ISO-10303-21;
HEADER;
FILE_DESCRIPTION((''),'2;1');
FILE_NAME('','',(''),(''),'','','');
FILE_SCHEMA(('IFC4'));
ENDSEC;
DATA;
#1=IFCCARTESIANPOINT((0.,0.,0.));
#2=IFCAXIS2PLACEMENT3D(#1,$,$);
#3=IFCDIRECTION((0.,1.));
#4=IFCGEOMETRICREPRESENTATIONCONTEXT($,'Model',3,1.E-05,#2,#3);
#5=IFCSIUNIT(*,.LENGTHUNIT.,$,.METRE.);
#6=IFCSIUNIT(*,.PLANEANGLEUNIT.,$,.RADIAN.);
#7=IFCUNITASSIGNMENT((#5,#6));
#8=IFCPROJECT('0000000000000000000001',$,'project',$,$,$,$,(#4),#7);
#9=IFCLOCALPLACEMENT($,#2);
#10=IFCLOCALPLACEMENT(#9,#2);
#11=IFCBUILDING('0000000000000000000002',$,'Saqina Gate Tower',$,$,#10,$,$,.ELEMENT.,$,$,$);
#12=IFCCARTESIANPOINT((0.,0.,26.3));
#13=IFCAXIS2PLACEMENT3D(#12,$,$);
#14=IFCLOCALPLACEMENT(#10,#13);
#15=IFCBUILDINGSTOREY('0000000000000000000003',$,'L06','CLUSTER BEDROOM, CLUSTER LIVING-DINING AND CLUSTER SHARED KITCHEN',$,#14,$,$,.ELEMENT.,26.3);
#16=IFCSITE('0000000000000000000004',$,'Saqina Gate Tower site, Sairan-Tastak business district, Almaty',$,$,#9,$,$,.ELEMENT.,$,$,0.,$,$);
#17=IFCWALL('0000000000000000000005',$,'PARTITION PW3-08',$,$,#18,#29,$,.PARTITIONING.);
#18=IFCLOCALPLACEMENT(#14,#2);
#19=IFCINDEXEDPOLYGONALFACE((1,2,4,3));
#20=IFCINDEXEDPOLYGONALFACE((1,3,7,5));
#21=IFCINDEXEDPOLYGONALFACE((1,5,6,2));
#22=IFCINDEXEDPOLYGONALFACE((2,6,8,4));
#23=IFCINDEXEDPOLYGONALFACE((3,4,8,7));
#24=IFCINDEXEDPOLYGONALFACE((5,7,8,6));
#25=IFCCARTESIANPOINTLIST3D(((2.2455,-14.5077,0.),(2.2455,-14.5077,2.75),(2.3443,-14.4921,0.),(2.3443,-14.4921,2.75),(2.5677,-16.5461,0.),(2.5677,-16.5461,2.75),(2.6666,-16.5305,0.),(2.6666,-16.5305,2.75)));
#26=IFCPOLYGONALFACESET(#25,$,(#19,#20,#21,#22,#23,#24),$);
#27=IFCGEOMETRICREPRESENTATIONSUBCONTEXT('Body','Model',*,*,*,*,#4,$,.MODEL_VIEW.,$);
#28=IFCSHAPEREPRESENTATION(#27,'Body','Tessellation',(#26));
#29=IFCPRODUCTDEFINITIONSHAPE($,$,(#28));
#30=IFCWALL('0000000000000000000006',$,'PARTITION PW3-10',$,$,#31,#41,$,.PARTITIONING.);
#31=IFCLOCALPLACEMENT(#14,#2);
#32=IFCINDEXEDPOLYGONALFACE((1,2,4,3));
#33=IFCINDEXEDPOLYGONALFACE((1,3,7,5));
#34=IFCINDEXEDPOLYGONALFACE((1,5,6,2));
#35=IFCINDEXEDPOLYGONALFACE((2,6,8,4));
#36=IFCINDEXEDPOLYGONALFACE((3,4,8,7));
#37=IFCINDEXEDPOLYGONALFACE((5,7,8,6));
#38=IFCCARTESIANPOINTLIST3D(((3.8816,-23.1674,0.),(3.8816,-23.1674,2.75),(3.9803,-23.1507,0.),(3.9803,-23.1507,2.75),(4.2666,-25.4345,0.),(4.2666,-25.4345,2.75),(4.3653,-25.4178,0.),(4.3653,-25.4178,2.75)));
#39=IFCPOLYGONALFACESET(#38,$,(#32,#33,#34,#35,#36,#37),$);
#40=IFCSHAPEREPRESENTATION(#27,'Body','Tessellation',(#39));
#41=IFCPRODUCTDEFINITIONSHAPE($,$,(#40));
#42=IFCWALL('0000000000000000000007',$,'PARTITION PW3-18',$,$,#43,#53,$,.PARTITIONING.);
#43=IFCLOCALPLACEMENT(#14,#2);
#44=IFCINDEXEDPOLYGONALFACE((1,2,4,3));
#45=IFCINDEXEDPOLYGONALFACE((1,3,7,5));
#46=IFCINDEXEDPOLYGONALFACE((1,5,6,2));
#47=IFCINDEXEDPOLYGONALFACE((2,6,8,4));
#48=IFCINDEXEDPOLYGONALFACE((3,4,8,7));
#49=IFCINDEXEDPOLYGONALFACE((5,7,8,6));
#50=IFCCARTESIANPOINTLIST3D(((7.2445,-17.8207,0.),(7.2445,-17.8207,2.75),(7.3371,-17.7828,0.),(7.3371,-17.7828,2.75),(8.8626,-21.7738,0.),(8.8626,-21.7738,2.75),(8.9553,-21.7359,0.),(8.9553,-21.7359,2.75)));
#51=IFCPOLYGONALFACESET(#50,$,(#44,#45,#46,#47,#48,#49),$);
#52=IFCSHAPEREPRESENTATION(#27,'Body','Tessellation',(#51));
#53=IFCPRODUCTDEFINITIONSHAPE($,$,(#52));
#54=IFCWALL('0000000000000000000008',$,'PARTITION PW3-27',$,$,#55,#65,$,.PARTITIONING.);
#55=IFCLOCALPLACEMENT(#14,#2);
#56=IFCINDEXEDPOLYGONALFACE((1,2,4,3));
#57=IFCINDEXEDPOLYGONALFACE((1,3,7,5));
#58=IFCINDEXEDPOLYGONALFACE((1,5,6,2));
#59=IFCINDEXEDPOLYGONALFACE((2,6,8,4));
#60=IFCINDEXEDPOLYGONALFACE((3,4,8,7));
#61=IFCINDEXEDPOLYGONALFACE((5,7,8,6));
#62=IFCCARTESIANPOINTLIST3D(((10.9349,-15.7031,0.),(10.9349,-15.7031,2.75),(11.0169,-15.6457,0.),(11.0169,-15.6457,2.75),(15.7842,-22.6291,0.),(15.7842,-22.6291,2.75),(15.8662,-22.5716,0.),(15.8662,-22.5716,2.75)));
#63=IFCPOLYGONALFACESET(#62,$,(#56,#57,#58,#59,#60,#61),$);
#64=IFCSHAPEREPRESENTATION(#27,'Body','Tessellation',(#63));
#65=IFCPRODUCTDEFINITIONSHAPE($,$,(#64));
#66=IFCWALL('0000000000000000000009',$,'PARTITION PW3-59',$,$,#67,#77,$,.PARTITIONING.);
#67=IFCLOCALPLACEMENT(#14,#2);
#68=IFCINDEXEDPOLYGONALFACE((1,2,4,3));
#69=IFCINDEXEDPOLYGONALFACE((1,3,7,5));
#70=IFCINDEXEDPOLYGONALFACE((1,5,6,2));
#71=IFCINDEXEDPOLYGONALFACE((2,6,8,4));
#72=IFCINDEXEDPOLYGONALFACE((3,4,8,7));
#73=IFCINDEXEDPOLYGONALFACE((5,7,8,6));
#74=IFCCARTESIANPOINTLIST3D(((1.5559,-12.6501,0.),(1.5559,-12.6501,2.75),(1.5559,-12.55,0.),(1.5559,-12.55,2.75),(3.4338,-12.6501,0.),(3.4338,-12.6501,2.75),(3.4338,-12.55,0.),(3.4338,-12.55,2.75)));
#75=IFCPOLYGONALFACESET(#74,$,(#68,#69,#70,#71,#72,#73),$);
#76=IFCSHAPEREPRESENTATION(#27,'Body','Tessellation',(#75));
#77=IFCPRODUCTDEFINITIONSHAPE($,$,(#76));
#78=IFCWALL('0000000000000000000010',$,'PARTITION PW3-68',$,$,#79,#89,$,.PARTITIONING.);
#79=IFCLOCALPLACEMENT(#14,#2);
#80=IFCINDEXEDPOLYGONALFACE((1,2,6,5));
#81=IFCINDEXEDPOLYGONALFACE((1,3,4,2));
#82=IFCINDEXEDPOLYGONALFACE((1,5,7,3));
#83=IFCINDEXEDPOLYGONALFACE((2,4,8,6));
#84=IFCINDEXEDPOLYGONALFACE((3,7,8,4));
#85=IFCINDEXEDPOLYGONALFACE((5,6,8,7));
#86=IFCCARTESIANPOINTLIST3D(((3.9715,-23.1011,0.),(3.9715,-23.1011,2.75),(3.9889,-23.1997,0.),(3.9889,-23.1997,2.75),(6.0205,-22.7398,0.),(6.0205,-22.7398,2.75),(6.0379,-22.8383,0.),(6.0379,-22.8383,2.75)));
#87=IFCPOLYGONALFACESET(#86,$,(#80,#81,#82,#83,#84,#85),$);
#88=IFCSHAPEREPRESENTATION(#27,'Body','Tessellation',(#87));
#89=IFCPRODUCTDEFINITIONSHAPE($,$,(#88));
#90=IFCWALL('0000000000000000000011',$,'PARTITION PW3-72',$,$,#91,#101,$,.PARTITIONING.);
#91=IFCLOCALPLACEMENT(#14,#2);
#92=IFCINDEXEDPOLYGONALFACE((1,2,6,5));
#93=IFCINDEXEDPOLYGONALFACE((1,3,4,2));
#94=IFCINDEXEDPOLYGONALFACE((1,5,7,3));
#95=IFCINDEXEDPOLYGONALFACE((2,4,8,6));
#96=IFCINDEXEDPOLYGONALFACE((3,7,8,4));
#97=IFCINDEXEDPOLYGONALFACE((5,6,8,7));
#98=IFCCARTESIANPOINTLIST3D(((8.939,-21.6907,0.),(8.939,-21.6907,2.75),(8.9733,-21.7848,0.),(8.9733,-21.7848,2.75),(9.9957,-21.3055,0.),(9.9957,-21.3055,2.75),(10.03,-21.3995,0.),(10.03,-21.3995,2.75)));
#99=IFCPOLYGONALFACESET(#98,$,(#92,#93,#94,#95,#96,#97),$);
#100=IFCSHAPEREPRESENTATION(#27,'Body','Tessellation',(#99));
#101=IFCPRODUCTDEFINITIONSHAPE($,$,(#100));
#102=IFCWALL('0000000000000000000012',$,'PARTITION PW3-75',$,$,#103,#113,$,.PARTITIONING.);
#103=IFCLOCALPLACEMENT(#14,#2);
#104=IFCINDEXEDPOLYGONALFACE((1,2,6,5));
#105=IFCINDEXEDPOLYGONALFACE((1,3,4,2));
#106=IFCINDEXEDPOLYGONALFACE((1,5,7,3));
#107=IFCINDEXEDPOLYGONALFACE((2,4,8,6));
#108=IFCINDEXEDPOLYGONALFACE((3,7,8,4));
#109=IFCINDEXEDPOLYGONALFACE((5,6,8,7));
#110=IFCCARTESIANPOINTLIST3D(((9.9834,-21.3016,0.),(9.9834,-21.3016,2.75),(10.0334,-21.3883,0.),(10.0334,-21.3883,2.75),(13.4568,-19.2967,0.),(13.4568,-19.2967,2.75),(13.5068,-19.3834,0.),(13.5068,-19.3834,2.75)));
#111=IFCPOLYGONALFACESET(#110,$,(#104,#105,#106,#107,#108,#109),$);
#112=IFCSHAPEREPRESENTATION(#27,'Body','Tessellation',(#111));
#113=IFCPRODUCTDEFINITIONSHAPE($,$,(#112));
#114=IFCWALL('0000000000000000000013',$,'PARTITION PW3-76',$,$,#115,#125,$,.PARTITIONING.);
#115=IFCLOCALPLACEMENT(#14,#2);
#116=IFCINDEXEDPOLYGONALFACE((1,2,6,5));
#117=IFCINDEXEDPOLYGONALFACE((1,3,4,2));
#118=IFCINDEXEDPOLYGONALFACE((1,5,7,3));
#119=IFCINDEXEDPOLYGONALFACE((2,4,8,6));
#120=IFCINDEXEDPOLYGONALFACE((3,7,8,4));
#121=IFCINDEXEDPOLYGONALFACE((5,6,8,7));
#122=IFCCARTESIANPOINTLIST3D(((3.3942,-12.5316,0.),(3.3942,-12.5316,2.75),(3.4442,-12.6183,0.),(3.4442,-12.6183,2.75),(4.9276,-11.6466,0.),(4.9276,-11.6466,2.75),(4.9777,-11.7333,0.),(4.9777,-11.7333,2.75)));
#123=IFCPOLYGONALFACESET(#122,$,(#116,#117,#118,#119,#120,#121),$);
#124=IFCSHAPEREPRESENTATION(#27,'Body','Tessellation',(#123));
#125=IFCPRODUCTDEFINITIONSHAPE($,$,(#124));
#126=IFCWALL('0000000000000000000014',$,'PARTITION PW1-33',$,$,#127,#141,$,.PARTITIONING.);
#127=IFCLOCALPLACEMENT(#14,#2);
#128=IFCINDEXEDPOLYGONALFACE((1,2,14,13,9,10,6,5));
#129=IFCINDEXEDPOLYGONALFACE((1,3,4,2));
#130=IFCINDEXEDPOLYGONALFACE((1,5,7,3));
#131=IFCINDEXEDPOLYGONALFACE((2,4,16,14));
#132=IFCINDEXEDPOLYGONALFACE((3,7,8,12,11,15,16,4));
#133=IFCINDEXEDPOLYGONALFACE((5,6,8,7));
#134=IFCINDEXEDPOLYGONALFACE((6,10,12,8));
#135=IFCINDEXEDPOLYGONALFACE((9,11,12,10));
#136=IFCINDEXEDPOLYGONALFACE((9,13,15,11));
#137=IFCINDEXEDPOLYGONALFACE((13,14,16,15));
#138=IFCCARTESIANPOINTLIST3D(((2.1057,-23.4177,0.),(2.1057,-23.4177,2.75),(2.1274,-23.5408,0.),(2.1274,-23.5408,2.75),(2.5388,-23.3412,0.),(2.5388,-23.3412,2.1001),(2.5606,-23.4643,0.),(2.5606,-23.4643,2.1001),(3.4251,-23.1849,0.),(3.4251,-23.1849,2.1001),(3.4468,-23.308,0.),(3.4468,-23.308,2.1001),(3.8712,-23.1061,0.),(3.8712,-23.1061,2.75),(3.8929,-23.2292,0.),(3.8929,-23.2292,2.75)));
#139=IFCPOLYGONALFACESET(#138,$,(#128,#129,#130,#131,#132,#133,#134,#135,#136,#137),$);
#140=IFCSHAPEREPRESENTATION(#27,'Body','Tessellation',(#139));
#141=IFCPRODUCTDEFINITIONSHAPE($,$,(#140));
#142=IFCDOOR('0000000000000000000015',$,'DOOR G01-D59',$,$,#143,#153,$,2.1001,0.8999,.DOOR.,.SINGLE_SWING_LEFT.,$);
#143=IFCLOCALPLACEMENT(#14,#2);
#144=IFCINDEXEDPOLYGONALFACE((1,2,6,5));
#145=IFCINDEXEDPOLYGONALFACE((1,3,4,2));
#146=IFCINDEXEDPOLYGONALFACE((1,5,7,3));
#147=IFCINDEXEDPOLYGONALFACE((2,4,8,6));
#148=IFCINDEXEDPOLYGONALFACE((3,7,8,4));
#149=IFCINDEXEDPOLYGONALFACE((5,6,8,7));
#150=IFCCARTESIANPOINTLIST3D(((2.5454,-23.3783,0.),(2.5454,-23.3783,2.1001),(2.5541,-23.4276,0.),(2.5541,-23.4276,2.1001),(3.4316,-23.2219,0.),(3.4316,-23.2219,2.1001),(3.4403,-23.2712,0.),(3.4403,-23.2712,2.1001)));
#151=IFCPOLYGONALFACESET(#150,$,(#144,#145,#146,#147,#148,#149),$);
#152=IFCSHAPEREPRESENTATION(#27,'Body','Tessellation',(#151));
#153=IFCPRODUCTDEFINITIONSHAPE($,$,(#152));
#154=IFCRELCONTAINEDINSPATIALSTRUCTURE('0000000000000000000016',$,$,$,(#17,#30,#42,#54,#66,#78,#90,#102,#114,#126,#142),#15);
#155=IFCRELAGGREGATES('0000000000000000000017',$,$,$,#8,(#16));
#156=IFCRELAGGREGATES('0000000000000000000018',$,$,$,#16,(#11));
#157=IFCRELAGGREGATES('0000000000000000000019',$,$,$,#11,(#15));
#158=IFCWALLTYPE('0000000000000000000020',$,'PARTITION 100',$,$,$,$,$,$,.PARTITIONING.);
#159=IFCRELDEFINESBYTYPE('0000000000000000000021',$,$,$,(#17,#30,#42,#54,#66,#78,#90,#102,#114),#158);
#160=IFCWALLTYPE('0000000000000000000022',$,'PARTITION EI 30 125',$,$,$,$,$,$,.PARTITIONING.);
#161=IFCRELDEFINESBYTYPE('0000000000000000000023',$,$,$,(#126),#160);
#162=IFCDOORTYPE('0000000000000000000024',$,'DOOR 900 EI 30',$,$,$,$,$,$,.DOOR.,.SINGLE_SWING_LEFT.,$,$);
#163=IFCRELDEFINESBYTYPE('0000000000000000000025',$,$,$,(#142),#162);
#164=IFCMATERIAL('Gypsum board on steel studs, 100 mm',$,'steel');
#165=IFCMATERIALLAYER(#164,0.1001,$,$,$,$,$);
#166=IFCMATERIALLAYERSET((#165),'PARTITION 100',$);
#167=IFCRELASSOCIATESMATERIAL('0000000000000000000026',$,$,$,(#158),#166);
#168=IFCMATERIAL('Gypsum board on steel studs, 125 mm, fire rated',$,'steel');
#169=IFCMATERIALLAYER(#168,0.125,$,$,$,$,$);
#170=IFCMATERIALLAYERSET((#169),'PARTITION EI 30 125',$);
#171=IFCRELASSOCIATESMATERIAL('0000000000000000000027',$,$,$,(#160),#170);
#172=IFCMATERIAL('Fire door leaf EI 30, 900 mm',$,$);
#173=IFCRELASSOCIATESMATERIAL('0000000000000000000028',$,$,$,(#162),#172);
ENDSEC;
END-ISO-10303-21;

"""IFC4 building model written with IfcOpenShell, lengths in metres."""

from ifc_helpers import new_model, si_unit, direction, frame, frame_2d, origin, place, context, subcontext, project, spatial, rectangle, extrude, material, layer, layer_set, type_object, element, fill, save


model = new_model("IFC4")

# Units and contexts
model_context = context("Model", 3, precision=1e-05, world=origin(), true_north=direction((0.0, 1.0)))
body_context = subcontext(model_context, "Body", "Model", "MODEL_VIEW")
ifc_project = project(units=[si_unit("LENGTHUNIT", "METRE"), si_unit("PLANEANGLEUNIT", "RADIAN")], contexts=[model_context])

# Site, building, storey
site_placement = place(None, origin())
site = spatial("IfcSite", under=ifc_project, at=site_placement, Name="Saqina Gate Tower site, Sairan-Tastak business district, Almaty", CompositionType="ELEMENT", RefElevation=0.0)
building_placement = place(site_placement, origin())
building = spatial("IfcBuilding", under=site, at=building_placement, Name="Saqina Gate Tower", CompositionType="ELEMENT")
storey_placement = place(building_placement, frame((0.0, 0.0, 26.3)))
storey = spatial("IfcBuildingStorey", under=building, at=storey_placement, Name="L06", Description="CLUSTER BEDROOM, CLUSTER LIVING-DINING AND CLUSTER SHARED KITCHEN", CompositionType="ELEMENT", Elevation=26.3)

# Walls
ifc_material_1 = material(Name="Gypsum board on steel studs, 100 mm", Category="steel")
ifc_layer_1 = layer(ifc_material_1, 0.1001)
ifc_layer_set_1 = layer_set([ifc_layer_1], Name="PARTITION 100")
wall_type_1 = type_object("IfcWallType", Name="PARTITION 100", PredefinedType="PARTITIONING", material=ifc_layer_set_1)
wall_1_placement = place(storey_placement, frame((2.2949, -14.5, 0.0), z_axis=(0.0, 0.0, 1.0), x_axis=(0.156163, -0.987731, 0.0)))
element("IfcWall", 1, at=wall_1_placement, inside=storey, type_object=wall_type_1, Name="PARTITION PW3-08", PredefinedType="PARTITIONING", context=body_context, shape_type="SweptSolid", body=[
    extrude(rectangle(XDim=2.0637, YDim=0.1001, at=frame_2d((1.0317, 0.0))), origin(), (0.0, 0.0, 1.0), 2.75),
])
wall_2_placement = place(storey_placement, frame((3.9309, -23.1589, 0.0), z_axis=(0.0, 0.0, 1.0), x_axis=(0.167428, -0.985884, 0.0)))
element("IfcWall", 2, at=wall_2_placement, inside=storey, type_object=wall_type_1, Name="PARTITION PW3-10", PredefinedType="PARTITIONING", context=body_context, shape_type="SweptSolid", body=[
    extrude(rectangle(XDim=2.2996, YDim=0.1001, at=frame_2d((1.1499, 0.0))), origin(), (0.0, 0.0, 1.0), 2.75),
])
wall_3_placement = place(storey_placement, frame((7.2908, -17.8018, 0.0), z_axis=(0.0, 0.0, 1.0), x_axis=(0.378829, -0.925467, 0.0)))
element("IfcWall", 3, at=wall_3_placement, inside=storey, type_object=wall_type_1, Name="PARTITION PW3-18", PredefinedType="PARTITIONING", context=body_context, shape_type="SweptSolid", body=[
    extrude(rectangle(XDim=4.2715, YDim=0.1001, at=frame_2d((2.1357, 0.0))), origin(), (0.0, 0.0, 1.0), 2.75),
])
wall_4_placement = place(storey_placement, frame((10.9758, -15.6743, 0.0), z_axis=(0.0, 0.0, 1.0), x_axis=(0.573553, -0.819168, 0.0)))
element("IfcWall", 4, at=wall_4_placement, inside=storey, type_object=wall_type_1, Name="PARTITION PW3-27", PredefinedType="PARTITIONING", context=body_context, shape_type="SweptSolid", body=[
    extrude(rectangle(XDim=8.4548, YDim=0.1001, at=frame_2d((4.2275, 0.0))), origin(), (0.0, 0.0, 1.0), 2.75),
])
wall_5_placement = place(storey_placement, frame((1.5559, -12.6001, 0.0), z_axis=(0.0, 0.0, 1.0), x_axis=(1.0, 0.0, 0.0)))
element("IfcWall", 5, at=wall_5_placement, inside=storey, type_object=wall_type_1, Name="PARTITION PW3-59", PredefinedType="PARTITIONING", context=body_context, shape_type="SweptSolid", body=[
    extrude(rectangle(XDim=1.8779, YDim=0.1001, at=frame_2d((0.939, 0.0))), origin(), (0.0, 0.0, 1.0), 2.75),
])
wall_6_placement = place(storey_placement, frame((3.9802, -23.1504, 0.0), z_axis=(0.0, 0.0, 1.0), x_axis=(0.984802, 0.173678, 0.0)))
element("IfcWall", 6, at=wall_6_placement, inside=storey, type_object=wall_type_1, Name="PARTITION PW3-68", PredefinedType="PARTITIONING", context=body_context, shape_type="SweptSolid", body=[
    extrude(rectangle(XDim=2.0806, YDim=0.1001, at=frame_2d((1.0403, 0.0))), origin(), (0.0, 0.0, 1.0), 2.75),
])
wall_7_placement = place(storey_placement, frame((8.9561, -21.7378, 0.0), z_axis=(0.0, 0.0, 1.0), x_axis=(0.939502, 0.342545, 0.0)))
element("IfcWall", 7, at=wall_7_placement, inside=storey, type_object=wall_type_1, Name="PARTITION PW3-72", PredefinedType="PARTITIONING", context=body_context, shape_type="SweptSolid", body=[
    extrude(rectangle(XDim=1.1248, YDim=0.1001, at=frame_2d((0.5625, 0.0))), origin(), (0.0, 0.0, 1.0), 2.75),
])
wall_8_placement = place(storey_placement, frame((10.0083, -21.345, 0.0), z_axis=(0.0, 0.0, 1.0), x_axis=(0.866077, 0.49991, 0.0)))
element("IfcWall", 8, at=wall_8_placement, inside=storey, type_object=wall_type_1, Name="PARTITION PW3-75", PredefinedType="PARTITIONING", context=body_context, shape_type="SweptSolid", body=[
    extrude(rectangle(XDim=4.0105, YDim=0.1001, at=frame_2d((2.0054, 0.0))), origin(), (0.0, 0.0, 1.0), 2.75),
])
wall_9_placement = place(storey_placement, frame((3.4192, -12.575, 0.0), z_axis=(0.0, 0.0, 1.0), x_axis=(0.866105, 0.499862, 0.0)))
element("IfcWall", 9, at=wall_9_placement, inside=storey, type_object=wall_type_1, Name="PARTITION PW3-76", PredefinedType="PARTITIONING", context=body_context, shape_type="SweptSolid", body=[
    extrude(rectangle(XDim=1.7705, YDim=0.1001, at=frame_2d((0.8853, 0.0))), origin(), (0.0, 0.0, 1.0), 2.75),
])

# Wall, opening, door
ifc_material_2 = material(Name="Gypsum board on steel studs, 125 mm, fire rated", Category="steel")
ifc_layer_2 = layer(ifc_material_2, 0.125)
ifc_layer_set_2 = layer_set([ifc_layer_2], Name="PARTITION EI 30 125")
wall_type_2 = type_object("IfcWallType", Name="PARTITION EI 30 125", PredefinedType="PARTITIONING", material=ifc_layer_set_2)
wall_10_placement = place(storey_placement, frame((2.1165, -23.4792, 0.0), z_axis=(0.0, 0.0, 1.0), x_axis=(0.984785, 0.173778, 0.0)))
wall_10 = element("IfcWall", 10, at=wall_10_placement, inside=storey, type_object=wall_type_2, Name="PARTITION PW1-33", PredefinedType="PARTITIONING", context=body_context, shape_type="SweptSolid", body=[
    extrude(rectangle(XDim=1.7927, YDim=0.125, at=frame_2d((0.8965, 0.0))), origin(), (0.0, 0.0, 1.0), 2.75),
])
opening_1_placement = place(wall_10_placement, frame((0.4399, 0.0, 0.0)))
opening_1 = element("IfcOpeningElement", 11, at=opening_1_placement, cuts=wall_10, PredefinedType="OPENING", context=body_context, shape_type="SweptSolid", body=[
    extrude(rectangle(XDim=0.8999, YDim=2.1001, at=frame_2d((0.45, 1.05))), frame((0.0, 0.0745, 0.0), z_axis=(0.0, -1.0, 0.0), x_axis=(1.0, 0.0, 0.0)), (0.0, 0.0, 1.0), 0.1489),
])
ifc_material_3 = material(Name="Fire door leaf EI 30, 900 mm")
door_type_1 = type_object("IfcDoorType", Name="DOOR 900 EI 30", OperationType="SINGLE_SWING_LEFT", PredefinedType="DOOR", material=ifc_material_3)
door_1_placement = place(opening_1_placement, origin())
door_1 = element("IfcDoor", 12, at=door_1_placement, inside=storey, type_object=door_type_1, Name="DOOR G01-D59", OperationType="SINGLE_SWING_LEFT", OverallHeight=2.1001, OverallWidth=0.8999, PredefinedType="DOOR", context=body_context, shape_type="SweptSolid", body=[
    extrude(rectangle(XDim=0.8999, YDim=2.1001, at=frame_2d((0.45, 1.05))), frame((0.0, 0.0249, 0.0), z_axis=(0.0, -1.0, 0.0), x_axis=(1.0, 0.0, 0.0)), (0.0, 0.0, 1.0), 0.05),
])
fill(opening_1, door_1)

save(model, "model.ifc")
